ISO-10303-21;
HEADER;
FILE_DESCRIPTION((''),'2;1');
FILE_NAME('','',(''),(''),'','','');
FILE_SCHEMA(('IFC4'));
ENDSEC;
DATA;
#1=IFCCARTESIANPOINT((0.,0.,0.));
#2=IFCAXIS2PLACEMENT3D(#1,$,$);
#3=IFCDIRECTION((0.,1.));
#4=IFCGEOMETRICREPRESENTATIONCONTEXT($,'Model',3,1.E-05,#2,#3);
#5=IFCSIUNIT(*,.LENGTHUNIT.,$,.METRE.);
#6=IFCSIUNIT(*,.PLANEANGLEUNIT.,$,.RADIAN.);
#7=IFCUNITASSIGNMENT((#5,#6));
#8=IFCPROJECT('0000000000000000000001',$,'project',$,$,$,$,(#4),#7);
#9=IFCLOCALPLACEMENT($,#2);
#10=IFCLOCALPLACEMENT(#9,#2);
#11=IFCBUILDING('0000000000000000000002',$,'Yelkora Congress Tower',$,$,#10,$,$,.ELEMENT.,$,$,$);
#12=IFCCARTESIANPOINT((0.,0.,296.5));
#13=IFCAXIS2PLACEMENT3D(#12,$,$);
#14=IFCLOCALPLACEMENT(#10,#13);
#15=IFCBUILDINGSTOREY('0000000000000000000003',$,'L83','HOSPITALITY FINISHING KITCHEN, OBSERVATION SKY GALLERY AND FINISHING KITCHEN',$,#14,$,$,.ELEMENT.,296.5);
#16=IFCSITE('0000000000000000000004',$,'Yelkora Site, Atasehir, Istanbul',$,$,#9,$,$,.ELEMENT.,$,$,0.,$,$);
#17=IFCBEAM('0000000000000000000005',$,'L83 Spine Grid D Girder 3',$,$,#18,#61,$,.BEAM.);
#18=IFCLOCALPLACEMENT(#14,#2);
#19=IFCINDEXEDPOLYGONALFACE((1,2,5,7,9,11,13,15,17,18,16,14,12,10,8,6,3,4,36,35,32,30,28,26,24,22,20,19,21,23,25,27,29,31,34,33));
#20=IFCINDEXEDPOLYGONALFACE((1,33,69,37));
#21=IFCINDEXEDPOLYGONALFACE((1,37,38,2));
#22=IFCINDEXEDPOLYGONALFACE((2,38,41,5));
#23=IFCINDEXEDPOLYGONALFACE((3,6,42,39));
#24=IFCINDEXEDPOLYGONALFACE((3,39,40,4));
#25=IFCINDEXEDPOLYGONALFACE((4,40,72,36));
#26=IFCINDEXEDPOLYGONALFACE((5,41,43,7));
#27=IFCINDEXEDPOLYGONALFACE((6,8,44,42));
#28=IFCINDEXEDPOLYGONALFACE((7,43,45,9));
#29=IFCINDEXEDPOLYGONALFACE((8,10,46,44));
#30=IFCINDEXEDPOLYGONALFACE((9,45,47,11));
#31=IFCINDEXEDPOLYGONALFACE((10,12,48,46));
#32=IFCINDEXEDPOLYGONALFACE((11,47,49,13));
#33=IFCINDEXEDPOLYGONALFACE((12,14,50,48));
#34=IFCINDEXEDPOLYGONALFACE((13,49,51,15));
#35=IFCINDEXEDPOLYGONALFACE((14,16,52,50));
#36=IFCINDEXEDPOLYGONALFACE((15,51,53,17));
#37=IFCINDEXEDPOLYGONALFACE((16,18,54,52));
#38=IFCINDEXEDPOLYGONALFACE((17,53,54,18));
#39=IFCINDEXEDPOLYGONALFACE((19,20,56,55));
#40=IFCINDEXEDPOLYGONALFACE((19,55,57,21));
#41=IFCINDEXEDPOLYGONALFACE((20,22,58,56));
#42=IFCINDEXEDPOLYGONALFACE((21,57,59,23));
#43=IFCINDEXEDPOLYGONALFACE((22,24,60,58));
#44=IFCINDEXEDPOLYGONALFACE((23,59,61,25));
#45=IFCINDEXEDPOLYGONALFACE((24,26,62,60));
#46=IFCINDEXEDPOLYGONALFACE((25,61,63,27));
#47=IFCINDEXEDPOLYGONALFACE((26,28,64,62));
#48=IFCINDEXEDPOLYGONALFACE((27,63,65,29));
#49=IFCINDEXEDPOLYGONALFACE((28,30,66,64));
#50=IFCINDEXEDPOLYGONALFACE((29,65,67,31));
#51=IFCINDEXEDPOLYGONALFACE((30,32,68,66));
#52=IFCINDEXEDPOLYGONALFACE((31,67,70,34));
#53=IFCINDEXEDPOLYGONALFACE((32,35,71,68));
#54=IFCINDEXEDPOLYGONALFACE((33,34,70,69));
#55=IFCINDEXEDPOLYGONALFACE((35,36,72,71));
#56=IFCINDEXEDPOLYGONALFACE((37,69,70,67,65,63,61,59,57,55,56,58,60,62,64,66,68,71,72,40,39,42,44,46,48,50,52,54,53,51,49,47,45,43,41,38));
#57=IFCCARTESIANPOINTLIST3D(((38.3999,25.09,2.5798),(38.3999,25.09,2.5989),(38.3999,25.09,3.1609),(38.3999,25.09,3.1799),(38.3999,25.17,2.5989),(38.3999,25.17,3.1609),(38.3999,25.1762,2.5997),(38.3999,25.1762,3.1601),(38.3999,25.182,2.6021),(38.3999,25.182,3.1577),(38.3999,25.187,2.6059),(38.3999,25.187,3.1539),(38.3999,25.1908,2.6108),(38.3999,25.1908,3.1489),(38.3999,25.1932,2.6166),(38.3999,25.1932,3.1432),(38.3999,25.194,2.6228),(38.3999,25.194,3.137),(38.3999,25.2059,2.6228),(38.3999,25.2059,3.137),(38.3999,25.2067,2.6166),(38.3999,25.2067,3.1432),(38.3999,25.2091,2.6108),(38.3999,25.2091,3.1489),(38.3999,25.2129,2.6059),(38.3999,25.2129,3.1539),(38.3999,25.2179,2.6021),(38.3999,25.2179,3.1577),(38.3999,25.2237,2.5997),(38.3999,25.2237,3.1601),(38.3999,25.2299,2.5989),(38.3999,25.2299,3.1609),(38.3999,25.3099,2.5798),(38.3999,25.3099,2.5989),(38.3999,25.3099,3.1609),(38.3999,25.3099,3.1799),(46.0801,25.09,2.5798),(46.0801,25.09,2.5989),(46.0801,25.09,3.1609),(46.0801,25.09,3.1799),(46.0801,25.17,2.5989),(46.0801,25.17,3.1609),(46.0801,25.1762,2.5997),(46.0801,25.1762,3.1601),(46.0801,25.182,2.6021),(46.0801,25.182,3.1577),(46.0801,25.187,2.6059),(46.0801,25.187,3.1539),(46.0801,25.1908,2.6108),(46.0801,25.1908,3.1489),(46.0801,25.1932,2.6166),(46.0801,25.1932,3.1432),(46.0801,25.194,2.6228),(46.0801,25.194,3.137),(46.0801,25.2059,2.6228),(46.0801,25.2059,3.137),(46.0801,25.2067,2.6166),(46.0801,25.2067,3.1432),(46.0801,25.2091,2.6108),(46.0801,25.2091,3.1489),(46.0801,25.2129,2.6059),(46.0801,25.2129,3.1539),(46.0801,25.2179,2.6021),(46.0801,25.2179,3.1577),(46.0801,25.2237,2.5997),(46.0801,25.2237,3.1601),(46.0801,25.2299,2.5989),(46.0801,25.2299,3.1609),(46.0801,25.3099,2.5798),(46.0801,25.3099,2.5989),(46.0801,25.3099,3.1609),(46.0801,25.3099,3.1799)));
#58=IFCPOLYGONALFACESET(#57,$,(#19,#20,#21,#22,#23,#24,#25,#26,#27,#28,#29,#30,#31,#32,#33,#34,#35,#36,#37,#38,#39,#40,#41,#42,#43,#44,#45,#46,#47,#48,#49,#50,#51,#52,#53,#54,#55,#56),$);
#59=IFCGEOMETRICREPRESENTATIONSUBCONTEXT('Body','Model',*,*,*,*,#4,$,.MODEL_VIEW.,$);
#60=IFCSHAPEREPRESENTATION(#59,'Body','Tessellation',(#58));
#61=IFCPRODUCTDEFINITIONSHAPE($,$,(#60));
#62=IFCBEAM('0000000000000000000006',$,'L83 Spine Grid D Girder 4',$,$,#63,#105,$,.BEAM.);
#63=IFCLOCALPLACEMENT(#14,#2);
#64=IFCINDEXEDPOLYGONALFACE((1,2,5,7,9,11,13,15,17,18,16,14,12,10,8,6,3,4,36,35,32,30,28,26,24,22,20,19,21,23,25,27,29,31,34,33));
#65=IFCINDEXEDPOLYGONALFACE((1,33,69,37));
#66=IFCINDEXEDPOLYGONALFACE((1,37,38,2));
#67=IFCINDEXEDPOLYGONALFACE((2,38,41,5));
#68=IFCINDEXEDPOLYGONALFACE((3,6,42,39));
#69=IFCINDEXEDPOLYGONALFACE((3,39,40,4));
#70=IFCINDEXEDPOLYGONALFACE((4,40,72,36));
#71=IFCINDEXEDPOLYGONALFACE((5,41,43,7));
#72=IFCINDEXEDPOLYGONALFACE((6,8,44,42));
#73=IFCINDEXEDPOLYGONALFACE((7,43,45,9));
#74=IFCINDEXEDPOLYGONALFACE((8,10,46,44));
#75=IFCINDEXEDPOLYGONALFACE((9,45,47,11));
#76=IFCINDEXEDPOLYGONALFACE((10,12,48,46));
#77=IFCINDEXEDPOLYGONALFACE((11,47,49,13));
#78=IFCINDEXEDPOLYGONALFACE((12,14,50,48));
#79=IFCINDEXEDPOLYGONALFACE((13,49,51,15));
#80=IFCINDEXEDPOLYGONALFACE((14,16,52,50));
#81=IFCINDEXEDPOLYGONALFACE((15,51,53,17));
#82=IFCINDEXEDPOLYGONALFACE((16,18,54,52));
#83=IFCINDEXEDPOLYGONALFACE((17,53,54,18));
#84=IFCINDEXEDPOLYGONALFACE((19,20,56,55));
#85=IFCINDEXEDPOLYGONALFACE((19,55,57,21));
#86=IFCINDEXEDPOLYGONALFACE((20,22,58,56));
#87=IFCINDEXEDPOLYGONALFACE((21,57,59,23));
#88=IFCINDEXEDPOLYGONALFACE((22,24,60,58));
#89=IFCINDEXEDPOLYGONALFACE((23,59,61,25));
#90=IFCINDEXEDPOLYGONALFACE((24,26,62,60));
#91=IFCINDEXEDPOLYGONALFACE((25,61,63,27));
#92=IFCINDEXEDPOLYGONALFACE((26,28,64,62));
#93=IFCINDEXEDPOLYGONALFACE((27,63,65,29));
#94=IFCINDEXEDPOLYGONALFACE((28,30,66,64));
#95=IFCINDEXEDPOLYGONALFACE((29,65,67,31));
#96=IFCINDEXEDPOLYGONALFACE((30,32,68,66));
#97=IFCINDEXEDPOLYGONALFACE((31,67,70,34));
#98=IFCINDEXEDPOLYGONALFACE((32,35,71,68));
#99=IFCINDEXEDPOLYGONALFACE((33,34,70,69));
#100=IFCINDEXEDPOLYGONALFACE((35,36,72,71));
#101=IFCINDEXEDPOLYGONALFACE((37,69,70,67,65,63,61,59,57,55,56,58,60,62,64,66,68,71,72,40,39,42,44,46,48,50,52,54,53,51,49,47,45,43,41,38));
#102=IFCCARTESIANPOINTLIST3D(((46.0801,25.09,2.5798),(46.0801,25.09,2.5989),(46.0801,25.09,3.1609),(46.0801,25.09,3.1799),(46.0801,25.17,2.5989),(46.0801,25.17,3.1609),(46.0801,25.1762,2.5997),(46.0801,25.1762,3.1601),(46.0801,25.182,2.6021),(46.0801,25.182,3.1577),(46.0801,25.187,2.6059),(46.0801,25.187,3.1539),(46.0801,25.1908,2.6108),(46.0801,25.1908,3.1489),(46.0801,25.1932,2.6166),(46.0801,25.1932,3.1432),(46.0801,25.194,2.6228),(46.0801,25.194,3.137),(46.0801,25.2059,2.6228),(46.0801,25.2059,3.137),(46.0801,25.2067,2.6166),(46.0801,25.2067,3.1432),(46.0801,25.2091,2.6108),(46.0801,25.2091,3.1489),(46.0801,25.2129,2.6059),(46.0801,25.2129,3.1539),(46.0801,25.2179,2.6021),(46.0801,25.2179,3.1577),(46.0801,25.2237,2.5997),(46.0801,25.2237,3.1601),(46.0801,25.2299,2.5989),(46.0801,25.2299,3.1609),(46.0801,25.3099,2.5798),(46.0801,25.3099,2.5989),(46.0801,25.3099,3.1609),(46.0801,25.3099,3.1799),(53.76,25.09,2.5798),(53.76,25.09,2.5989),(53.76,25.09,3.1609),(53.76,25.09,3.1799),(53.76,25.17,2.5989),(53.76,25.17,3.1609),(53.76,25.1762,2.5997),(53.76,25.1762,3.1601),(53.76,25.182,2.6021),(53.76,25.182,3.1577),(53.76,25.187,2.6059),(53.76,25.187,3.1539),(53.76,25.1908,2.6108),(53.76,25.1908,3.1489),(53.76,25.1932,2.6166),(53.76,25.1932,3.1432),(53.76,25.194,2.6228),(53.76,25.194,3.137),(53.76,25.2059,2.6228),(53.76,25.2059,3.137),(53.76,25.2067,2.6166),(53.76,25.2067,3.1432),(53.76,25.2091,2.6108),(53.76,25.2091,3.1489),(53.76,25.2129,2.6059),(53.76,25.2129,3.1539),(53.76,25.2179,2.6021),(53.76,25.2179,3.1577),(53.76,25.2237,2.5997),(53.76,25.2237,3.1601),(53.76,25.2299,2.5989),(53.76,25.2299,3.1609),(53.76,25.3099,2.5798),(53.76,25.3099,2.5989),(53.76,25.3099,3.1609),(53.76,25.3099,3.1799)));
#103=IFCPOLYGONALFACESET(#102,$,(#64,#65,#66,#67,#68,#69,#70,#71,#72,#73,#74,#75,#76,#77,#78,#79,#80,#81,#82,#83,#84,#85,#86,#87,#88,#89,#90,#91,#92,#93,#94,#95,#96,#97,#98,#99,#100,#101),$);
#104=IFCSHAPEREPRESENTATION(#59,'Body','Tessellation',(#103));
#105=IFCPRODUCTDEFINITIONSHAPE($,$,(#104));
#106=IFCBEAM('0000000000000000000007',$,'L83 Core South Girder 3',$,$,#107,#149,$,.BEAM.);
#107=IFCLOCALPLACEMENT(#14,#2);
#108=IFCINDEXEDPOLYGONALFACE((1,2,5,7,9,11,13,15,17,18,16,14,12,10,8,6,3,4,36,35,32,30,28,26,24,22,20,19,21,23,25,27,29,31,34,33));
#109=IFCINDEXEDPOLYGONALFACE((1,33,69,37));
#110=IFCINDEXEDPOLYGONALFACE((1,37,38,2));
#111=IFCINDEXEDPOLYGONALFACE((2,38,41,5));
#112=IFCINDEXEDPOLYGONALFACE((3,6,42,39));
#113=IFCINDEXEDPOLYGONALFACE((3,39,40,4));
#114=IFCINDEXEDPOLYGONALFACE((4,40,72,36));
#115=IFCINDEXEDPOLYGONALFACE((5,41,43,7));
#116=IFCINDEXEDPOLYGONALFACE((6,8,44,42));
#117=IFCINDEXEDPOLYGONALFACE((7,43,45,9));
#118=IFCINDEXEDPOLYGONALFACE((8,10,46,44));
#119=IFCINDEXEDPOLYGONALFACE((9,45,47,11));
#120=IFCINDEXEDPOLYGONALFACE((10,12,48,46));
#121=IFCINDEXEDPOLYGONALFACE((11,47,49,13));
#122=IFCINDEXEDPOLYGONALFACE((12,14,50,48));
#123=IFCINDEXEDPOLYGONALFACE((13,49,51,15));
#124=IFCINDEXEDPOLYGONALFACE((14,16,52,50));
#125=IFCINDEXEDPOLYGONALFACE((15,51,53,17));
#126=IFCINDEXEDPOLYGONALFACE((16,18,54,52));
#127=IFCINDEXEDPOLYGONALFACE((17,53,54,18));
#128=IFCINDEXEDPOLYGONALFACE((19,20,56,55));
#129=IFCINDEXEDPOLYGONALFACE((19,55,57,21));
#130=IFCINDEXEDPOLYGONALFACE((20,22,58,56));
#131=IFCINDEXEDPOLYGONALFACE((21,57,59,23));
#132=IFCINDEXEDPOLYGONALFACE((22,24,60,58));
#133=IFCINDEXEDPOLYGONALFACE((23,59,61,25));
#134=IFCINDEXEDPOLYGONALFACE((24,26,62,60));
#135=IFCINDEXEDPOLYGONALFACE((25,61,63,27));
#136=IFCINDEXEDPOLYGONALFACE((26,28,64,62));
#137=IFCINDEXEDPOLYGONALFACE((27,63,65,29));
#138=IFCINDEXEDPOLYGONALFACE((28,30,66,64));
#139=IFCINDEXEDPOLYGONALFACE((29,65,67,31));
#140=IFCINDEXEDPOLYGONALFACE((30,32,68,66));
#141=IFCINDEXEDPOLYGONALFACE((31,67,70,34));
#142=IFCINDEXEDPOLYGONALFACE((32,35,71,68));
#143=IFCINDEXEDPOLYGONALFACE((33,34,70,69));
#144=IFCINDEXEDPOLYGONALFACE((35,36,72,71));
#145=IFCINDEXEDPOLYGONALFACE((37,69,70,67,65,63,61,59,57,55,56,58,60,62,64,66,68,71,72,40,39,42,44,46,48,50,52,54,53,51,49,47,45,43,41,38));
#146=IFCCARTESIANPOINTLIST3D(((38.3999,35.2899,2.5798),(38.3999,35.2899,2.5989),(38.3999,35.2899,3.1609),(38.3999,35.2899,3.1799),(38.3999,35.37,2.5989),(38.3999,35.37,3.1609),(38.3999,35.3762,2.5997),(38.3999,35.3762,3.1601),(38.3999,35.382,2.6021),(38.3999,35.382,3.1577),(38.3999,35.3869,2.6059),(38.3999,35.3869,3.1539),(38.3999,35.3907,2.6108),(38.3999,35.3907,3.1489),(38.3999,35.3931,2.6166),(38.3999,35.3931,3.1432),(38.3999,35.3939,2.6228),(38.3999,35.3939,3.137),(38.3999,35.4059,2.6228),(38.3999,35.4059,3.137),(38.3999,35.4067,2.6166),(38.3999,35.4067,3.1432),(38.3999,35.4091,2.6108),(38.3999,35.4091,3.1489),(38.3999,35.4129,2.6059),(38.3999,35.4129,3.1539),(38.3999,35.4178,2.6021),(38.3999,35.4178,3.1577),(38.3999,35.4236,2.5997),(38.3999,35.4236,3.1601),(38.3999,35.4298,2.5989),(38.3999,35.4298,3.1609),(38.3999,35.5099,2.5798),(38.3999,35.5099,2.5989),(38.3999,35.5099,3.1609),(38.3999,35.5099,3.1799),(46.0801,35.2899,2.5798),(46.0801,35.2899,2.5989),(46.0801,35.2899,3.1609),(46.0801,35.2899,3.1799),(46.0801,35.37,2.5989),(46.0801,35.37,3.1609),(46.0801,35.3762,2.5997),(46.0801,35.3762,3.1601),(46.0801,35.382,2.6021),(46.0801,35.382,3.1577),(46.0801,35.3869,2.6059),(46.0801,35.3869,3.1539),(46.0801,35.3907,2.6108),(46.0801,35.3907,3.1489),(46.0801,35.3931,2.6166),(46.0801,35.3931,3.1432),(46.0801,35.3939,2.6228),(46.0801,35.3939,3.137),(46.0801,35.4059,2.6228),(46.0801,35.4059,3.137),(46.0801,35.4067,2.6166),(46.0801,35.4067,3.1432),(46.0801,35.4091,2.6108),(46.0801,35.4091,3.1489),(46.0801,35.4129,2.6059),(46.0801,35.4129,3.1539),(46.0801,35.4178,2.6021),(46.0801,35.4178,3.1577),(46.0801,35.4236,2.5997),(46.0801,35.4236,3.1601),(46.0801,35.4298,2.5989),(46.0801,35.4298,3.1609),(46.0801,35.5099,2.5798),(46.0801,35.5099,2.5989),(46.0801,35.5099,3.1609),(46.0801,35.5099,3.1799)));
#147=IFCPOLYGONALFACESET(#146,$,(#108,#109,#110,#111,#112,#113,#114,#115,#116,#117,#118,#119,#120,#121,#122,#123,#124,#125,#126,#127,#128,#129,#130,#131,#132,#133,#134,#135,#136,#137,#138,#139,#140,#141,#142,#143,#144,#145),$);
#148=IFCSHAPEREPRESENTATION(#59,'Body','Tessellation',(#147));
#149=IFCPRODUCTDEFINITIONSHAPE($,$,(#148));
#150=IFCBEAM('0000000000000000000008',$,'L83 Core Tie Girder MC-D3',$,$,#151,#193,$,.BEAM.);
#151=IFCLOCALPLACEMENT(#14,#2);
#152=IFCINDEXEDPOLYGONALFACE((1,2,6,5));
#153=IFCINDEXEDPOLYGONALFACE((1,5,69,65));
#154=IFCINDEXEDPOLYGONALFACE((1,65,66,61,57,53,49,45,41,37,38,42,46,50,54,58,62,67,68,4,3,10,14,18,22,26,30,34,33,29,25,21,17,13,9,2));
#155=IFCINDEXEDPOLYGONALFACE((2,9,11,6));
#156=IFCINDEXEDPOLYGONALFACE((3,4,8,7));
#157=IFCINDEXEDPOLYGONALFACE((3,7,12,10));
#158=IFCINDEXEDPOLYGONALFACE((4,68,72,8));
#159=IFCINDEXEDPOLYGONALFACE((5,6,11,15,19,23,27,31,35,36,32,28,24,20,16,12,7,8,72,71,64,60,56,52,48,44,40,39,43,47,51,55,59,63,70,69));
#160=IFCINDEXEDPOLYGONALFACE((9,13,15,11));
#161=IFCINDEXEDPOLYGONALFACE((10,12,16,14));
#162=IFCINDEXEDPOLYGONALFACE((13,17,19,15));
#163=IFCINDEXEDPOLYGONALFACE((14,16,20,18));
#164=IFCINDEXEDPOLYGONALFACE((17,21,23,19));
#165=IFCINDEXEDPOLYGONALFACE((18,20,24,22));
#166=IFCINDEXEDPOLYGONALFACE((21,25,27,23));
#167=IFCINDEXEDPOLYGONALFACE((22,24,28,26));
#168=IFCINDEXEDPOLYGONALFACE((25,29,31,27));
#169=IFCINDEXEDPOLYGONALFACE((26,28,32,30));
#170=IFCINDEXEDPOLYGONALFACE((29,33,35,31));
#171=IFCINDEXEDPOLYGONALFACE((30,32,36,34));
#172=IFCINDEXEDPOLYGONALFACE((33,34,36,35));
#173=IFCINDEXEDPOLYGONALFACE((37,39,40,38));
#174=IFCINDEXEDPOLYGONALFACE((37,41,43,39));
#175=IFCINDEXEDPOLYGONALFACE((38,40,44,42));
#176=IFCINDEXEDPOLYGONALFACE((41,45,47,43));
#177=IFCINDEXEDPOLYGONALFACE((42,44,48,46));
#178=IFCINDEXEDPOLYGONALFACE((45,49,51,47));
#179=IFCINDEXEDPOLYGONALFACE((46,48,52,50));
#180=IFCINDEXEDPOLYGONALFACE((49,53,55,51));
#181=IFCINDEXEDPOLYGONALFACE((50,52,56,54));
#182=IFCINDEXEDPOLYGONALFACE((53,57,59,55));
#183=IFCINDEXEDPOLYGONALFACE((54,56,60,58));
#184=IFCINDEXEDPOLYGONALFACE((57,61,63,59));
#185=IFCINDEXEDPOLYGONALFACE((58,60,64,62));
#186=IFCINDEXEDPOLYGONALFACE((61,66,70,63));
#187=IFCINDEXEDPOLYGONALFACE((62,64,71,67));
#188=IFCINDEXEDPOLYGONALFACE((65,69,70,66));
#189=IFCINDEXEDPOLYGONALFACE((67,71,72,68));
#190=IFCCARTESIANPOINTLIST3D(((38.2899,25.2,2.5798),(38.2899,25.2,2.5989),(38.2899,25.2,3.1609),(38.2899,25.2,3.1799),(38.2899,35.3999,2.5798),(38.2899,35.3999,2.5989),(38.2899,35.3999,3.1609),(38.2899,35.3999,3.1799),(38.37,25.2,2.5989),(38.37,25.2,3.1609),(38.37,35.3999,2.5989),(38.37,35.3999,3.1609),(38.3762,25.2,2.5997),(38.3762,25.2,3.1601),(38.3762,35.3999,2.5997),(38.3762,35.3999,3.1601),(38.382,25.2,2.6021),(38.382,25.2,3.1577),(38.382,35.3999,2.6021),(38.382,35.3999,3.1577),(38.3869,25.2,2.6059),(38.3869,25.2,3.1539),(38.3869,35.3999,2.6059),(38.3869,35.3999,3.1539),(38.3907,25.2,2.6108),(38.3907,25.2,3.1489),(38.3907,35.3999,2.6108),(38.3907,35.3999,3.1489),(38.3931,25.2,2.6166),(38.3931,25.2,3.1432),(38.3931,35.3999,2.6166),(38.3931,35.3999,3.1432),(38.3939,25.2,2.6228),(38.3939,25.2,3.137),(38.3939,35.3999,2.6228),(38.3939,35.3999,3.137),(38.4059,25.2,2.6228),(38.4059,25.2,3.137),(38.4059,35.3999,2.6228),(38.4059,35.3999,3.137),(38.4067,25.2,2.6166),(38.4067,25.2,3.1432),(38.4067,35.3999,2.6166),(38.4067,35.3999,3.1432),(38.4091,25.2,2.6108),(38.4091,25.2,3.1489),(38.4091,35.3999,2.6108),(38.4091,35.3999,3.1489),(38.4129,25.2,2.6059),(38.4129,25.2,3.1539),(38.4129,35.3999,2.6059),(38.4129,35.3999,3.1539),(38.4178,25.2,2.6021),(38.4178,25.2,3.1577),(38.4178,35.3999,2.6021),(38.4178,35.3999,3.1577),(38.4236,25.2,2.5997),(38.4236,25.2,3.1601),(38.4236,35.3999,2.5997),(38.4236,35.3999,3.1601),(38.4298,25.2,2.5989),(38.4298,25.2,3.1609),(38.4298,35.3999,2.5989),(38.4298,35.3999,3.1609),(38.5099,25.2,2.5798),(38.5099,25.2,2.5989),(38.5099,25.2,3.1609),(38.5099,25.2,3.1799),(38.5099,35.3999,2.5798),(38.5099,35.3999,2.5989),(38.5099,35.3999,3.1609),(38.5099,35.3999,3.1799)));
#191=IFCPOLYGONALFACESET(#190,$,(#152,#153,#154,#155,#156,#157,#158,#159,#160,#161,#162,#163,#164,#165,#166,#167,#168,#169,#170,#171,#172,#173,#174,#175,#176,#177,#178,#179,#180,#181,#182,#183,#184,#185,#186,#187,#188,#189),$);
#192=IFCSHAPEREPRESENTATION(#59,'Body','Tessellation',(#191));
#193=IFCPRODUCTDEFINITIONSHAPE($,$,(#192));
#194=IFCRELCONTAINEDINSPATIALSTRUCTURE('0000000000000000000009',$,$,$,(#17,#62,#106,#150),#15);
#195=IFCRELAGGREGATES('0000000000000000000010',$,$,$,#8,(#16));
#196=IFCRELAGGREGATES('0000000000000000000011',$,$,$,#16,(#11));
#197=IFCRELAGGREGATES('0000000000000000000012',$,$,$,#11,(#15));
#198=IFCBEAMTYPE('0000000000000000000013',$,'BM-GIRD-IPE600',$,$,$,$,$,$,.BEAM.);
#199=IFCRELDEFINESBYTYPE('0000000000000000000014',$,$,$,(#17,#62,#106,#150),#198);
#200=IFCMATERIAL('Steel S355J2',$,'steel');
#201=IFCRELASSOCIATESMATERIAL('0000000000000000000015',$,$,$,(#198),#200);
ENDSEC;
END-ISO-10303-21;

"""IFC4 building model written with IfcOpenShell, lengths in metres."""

from ifc_helpers import new_model, si_unit, direction, frame, origin, origin_2d, place, context, subcontext, project, spatial, i_section, extrude, material, material_profile, profile_set, type_object, element, save


model = new_model("IFC4")

# Units and contexts
model_context = context("Model", 3, precision=1e-05, world=origin(), true_north=direction((0.0, 1.0)))
body_context = subcontext(model_context, "Body", "Model", "MODEL_VIEW")
ifc_project = project(units=[si_unit("LENGTHUNIT", "METRE"), si_unit("PLANEANGLEUNIT", "RADIAN")], contexts=[model_context])

# Site, building, storey
site_placement = place(None, origin())
site = spatial("IfcSite", under=ifc_project, at=site_placement, Name="Yelkora Site, Atasehir, Istanbul", CompositionType="ELEMENT", RefElevation=0.0)
building_placement = place(site_placement, origin())
building = spatial("IfcBuilding", under=site, at=building_placement, Name="Yelkora Congress Tower", CompositionType="ELEMENT")
storey_placement = place(building_placement, frame((0.0, 0.0, 296.5)))
storey = spatial("IfcBuildingStorey", under=building, at=storey_placement, Name="L83", Description="HOSPITALITY FINISHING KITCHEN, OBSERVATION SKY GALLERY AND FINISHING KITCHEN", CompositionType="ELEMENT", Elevation=296.5)

# Shared definitions
ifc_material_1 = material(Name="Steel S355J2", Category="steel")

# Beams
ifc_material_profile_1 = material_profile(ifc_material_1, i_section(OverallWidth=0.22, OverallDepth=0.6001, WebThickness=0.012, FlangeThickness=0.019, FilletRadius=0.0239, at=origin_2d()), Name="IPE 600")
ifc_profile_set_1 = profile_set([ifc_material_profile_1], Name="Steel S355J2")
beam_type_1 = type_object("IfcBeamType", Name="BM-GIRD-IPE600", PredefinedType="BEAM", material=ifc_profile_set_1)
beam_1_placement = place(storey_placement, frame((38.3999, 25.2, 2.8799), z_axis=(1.0, 0.0, 0.0), x_axis=(0.0, 1.0, 0.0)))
element("IfcBeam", 1, at=beam_1_placement, inside=storey, type_object=beam_type_1, Name="L83 Spine Grid D Girder 3", PredefinedType="BEAM", context=body_context, shape_type="SweptSolid", body=[
    extrude(i_section(OverallWidth=0.22, OverallDepth=0.6001, WebThickness=0.012, FlangeThickness=0.019, FilletRadius=0.0239, at=origin_2d()), origin(), (0.0, 0.0, 1.0), 7.6802),
])
beam_2_placement = place(storey_placement, frame((46.0801, 25.2, 2.8799), z_axis=(1.0, 0.0, 0.0), x_axis=(0.0, 1.0, 0.0)))
element("IfcBeam", 2, at=beam_2_placement, inside=storey, type_object=beam_type_1, Name="L83 Spine Grid D Girder 4", PredefinedType="BEAM", context=body_context, shape_type="SweptSolid", body=[
    extrude(i_section(OverallWidth=0.22, OverallDepth=0.6001, WebThickness=0.012, FlangeThickness=0.019, FilletRadius=0.0239, at=origin_2d()), origin(), (0.0, 0.0, 1.0), 7.6799),
])
beam_3_placement = place(storey_placement, frame((38.3999, 35.3999, 2.8799), z_axis=(1.0, 0.0, 0.0), x_axis=(0.0, 1.0, 0.0)))
element("IfcBeam", 3, at=beam_3_placement, inside=storey, type_object=beam_type_1, Name="L83 Core South Girder 3", PredefinedType="BEAM", context=body_context, shape_type="SweptSolid", body=[
    extrude(i_section(OverallWidth=0.22, OverallDepth=0.6001, WebThickness=0.012, FlangeThickness=0.019, FilletRadius=0.0239, at=origin_2d()), origin(), (0.0, 0.0, 1.0), 7.6802),
])
for number, where, z_axis, x_axis, name in (
    (4, (38.3999, 25.2, 2.8799), (0.0, 1.0, 0.0), (-1.0, 0.0, 0.0), "L83 Core Tie Girder MC-D3"),
):
    element("IfcBeam", number, at=place(storey_placement, frame(where, z_axis=z_axis, x_axis=x_axis)), inside=storey, type_object=beam_type_1, Name=name, PredefinedType="BEAM", context=body_context, shape_type="SweptSolid", body=[
        extrude(i_section(OverallWidth=0.22, OverallDepth=0.6001, WebThickness=0.012, FlangeThickness=0.019, FilletRadius=0.0239, at=origin_2d()), origin(), (0.0, 0.0, 1.0), 10.2),
    ])

save(model, "model.ifc")
